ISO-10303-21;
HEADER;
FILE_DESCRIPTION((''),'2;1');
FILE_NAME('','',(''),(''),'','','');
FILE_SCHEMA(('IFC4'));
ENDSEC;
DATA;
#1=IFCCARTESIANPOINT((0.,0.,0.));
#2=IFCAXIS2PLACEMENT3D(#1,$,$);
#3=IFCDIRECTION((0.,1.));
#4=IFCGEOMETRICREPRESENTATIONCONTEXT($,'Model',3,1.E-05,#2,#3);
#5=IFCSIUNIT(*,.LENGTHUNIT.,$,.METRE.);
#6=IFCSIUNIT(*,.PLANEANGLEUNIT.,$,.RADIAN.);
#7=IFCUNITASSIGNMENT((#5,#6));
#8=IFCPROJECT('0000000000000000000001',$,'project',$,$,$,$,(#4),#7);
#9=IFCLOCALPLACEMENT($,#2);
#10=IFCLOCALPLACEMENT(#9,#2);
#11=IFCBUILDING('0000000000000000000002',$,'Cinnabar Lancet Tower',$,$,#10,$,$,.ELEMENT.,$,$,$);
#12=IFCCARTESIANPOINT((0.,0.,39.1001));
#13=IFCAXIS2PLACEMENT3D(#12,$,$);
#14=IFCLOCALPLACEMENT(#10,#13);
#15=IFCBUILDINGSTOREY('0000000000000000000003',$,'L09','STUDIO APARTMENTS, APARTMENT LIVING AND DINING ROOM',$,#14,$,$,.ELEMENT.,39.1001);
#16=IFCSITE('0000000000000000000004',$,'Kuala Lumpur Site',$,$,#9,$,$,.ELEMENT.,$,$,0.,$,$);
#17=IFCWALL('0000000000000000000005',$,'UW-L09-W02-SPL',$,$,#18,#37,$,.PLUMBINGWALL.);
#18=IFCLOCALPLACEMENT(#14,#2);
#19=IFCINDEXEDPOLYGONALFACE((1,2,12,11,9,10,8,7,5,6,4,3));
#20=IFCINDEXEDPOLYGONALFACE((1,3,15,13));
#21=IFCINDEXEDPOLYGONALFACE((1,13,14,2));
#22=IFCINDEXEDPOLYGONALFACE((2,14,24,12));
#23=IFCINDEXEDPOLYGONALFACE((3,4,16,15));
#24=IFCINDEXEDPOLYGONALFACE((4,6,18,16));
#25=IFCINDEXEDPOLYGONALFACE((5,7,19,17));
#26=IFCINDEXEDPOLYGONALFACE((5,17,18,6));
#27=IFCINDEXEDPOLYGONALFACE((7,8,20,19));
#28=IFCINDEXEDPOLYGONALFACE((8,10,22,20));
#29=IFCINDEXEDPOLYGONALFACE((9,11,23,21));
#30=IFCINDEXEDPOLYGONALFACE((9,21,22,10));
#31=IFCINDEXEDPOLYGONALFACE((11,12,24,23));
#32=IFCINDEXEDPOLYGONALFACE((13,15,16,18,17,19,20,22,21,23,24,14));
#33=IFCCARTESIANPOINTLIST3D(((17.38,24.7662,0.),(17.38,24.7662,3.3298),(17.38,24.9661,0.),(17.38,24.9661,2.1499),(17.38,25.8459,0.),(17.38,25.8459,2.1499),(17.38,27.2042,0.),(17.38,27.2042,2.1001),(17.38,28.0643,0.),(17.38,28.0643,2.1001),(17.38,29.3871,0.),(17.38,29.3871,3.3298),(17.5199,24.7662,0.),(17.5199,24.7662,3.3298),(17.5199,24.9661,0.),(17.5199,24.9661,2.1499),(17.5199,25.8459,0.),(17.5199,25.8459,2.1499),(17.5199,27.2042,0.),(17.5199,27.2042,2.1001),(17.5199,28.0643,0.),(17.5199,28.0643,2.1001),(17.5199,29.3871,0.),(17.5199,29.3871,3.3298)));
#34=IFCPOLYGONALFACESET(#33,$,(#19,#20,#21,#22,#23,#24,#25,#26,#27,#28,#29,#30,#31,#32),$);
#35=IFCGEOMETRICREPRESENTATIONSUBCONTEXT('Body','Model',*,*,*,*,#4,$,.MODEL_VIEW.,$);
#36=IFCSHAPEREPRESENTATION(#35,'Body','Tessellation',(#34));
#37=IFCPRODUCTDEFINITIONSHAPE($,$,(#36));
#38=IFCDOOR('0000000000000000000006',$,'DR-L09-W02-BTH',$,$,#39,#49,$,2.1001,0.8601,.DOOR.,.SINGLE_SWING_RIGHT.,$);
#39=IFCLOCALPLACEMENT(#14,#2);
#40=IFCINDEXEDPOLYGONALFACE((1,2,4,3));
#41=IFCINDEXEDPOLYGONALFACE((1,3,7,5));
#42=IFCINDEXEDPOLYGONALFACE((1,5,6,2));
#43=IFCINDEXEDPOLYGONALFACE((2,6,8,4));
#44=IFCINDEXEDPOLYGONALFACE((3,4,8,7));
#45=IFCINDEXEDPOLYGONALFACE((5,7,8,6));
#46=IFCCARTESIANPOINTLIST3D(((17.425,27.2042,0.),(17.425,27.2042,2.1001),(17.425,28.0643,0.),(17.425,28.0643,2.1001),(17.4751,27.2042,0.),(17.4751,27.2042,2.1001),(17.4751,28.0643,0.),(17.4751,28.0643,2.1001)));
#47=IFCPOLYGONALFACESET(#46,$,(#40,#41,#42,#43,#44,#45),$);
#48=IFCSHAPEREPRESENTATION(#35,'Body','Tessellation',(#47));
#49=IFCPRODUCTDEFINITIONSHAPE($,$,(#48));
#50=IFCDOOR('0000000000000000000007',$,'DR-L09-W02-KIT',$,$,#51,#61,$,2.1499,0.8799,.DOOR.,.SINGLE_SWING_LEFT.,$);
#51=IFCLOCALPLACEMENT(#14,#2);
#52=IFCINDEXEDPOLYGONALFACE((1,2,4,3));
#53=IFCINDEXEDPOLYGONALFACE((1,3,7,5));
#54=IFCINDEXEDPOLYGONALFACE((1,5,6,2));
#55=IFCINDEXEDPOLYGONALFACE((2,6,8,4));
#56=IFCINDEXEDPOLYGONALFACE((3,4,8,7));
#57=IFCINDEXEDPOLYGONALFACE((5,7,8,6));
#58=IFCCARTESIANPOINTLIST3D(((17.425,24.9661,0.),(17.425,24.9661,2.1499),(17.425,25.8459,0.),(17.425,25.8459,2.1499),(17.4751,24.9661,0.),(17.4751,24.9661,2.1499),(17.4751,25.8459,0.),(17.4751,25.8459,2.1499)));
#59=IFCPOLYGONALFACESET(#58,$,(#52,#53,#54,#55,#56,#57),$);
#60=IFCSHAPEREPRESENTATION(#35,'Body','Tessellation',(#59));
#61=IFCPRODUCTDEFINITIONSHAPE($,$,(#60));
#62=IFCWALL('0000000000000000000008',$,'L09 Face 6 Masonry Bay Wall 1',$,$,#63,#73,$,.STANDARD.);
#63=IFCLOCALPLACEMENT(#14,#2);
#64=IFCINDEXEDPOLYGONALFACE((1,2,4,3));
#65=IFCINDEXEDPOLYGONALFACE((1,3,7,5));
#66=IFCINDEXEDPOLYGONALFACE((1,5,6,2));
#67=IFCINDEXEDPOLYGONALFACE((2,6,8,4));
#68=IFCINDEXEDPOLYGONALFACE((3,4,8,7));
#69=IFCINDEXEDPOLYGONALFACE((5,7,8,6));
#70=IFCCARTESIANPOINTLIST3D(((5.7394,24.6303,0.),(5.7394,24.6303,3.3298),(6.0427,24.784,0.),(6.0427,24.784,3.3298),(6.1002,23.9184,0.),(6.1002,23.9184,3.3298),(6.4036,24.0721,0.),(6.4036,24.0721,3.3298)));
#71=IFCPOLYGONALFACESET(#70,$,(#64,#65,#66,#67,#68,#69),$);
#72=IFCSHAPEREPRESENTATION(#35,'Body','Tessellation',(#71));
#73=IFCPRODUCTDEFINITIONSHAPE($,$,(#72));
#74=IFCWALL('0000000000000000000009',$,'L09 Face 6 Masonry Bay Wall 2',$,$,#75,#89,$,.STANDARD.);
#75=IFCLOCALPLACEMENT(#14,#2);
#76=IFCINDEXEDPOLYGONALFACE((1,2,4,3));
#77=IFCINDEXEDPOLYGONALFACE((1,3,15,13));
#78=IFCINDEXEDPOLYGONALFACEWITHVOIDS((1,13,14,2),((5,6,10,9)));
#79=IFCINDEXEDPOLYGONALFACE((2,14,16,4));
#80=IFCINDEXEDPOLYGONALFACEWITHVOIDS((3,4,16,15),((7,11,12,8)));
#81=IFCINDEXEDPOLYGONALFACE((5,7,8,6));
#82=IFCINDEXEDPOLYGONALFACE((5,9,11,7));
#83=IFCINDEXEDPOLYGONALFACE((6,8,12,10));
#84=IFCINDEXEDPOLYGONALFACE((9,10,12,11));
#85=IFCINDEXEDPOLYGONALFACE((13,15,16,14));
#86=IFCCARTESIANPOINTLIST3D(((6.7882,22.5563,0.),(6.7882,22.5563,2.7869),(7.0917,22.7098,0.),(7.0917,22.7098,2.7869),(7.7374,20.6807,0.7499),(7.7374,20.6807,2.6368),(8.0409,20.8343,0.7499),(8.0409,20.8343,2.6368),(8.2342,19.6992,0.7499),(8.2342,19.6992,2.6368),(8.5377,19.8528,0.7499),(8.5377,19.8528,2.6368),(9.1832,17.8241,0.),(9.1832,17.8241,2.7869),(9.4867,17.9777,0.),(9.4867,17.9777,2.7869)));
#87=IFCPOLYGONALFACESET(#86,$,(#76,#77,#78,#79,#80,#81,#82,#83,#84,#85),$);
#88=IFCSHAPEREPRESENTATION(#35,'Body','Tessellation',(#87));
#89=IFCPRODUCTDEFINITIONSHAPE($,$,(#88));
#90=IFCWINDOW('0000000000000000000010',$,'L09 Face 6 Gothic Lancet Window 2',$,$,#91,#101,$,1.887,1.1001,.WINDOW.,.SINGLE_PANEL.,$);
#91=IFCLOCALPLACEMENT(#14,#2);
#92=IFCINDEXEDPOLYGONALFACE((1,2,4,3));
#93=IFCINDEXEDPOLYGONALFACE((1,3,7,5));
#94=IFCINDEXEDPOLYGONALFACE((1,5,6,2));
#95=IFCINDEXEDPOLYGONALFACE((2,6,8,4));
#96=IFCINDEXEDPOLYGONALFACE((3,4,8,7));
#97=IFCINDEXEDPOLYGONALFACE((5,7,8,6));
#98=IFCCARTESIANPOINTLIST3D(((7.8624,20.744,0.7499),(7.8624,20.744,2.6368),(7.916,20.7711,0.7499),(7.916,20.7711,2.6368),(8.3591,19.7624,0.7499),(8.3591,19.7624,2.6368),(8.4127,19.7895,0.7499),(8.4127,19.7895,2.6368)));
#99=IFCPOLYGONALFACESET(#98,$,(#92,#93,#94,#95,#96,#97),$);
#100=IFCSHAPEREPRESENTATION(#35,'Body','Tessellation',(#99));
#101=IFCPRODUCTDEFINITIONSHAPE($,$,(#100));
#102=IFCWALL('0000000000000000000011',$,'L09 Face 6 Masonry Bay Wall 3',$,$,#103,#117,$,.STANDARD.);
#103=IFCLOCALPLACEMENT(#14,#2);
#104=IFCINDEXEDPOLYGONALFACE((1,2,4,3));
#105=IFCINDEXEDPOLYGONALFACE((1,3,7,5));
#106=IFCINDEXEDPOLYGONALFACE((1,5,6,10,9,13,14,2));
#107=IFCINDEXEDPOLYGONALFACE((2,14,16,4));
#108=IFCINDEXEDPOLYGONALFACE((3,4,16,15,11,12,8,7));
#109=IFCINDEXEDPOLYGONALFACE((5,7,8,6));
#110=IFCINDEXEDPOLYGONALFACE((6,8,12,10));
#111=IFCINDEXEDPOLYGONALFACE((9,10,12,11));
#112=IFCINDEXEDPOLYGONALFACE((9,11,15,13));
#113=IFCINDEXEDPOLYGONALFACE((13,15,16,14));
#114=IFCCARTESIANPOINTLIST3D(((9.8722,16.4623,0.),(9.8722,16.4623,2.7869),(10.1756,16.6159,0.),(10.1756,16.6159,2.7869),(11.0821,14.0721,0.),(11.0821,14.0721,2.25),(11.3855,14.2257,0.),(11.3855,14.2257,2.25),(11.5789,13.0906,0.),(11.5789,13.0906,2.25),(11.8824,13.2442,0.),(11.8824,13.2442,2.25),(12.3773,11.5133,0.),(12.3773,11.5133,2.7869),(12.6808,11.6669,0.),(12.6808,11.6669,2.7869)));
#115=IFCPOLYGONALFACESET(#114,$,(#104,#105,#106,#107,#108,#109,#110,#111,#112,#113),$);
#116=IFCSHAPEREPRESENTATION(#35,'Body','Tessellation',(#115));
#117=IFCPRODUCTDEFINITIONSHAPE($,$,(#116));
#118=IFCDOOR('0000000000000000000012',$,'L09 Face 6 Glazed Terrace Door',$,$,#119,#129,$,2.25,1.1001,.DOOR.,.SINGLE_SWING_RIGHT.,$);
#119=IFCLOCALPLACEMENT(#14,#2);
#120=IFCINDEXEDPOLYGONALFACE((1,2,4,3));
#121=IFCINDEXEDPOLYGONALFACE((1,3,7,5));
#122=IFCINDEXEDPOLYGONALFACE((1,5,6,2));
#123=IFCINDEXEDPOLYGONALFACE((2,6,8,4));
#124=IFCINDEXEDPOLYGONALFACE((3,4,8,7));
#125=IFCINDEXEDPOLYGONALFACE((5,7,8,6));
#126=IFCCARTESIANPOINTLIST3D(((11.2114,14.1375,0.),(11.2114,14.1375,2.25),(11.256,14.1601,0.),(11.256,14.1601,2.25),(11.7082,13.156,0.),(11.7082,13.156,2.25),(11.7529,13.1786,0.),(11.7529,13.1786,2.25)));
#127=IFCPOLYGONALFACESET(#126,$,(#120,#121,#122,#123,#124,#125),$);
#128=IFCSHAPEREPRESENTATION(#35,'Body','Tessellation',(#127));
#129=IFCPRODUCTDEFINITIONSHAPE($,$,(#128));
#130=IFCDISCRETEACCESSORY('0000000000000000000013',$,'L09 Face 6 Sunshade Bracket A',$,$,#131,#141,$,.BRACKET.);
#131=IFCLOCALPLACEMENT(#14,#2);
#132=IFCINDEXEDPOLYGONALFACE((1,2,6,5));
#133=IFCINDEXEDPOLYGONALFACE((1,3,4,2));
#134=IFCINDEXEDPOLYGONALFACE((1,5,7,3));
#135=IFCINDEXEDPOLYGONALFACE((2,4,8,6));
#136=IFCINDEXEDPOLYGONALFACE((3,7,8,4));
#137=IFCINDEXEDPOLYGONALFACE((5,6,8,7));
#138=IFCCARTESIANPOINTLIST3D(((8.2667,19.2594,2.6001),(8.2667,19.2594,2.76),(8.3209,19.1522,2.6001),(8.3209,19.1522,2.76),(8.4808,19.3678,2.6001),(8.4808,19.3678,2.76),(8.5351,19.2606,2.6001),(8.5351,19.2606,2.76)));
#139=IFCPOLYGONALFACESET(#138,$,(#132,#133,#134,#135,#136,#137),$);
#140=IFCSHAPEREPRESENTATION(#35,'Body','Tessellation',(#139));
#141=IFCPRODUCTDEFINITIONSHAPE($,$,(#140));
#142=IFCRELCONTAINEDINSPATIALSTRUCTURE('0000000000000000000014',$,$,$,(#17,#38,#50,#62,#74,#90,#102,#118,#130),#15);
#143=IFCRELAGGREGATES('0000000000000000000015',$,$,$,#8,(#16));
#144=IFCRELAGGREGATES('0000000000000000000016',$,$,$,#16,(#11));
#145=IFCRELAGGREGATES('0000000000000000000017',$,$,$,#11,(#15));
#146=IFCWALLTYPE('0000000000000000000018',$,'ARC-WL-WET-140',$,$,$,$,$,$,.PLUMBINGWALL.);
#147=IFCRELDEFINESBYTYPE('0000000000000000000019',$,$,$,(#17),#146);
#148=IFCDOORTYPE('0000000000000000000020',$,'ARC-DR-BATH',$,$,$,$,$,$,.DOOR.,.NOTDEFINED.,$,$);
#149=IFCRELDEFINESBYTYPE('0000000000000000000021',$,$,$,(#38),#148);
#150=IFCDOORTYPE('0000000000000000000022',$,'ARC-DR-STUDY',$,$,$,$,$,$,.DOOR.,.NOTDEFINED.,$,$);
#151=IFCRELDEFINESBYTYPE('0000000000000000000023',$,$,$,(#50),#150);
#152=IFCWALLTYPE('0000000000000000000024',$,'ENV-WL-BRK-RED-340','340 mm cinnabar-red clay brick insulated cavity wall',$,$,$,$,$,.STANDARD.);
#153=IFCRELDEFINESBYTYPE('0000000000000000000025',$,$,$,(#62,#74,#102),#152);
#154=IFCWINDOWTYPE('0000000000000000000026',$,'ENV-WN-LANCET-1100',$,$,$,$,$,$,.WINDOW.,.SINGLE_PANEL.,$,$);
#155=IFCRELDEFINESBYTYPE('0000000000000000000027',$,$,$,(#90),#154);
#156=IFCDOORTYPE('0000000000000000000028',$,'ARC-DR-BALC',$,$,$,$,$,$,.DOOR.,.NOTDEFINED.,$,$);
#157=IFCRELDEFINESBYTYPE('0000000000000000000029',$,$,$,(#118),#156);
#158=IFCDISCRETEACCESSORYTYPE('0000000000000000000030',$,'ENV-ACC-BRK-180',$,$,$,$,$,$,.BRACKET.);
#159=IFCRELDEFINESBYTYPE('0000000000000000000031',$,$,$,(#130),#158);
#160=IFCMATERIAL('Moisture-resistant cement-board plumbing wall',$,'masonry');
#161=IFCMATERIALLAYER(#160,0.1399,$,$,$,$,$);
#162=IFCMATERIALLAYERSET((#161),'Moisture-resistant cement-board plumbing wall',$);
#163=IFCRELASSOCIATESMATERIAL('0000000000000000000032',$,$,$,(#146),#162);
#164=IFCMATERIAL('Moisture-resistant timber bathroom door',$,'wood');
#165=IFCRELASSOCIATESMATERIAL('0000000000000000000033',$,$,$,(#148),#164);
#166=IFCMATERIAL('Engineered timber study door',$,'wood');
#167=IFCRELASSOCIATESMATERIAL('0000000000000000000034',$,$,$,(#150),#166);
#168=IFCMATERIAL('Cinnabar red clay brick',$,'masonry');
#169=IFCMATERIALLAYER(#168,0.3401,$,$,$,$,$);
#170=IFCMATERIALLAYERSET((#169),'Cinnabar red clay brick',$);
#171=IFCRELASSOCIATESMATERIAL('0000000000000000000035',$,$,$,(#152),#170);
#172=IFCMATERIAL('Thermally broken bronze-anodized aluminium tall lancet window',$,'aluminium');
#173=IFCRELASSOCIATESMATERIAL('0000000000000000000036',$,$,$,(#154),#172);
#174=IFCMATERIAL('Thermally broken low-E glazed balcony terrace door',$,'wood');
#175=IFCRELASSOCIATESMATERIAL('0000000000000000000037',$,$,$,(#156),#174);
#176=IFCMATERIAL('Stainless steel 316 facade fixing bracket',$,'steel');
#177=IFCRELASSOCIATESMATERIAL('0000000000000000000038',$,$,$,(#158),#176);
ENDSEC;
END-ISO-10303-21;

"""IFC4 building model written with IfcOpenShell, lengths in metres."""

from ifc_helpers import new_model, si_unit, direction, frame, frame_2d, origin, origin_2d, place, context, subcontext, project, spatial, rectangle, extrude, material, layer, layer_set, type_object, element, fill, save


model = new_model("IFC4")

# Units and contexts
model_context = context("Model", 3, precision=1e-05, world=origin(), true_north=direction((0.0, 1.0)))
body_context = subcontext(model_context, "Body", "Model", "MODEL_VIEW")
ifc_project = project(units=[si_unit("LENGTHUNIT", "METRE"), si_unit("PLANEANGLEUNIT", "RADIAN")], contexts=[model_context])

# Site, building, storey
site_placement = place(None, origin())
site = spatial("IfcSite", under=ifc_project, at=site_placement, Name="Kuala Lumpur Site", CompositionType="ELEMENT", RefElevation=0.0)
building_placement = place(site_placement, origin())
building = spatial("IfcBuilding", under=site, at=building_placement, Name="Cinnabar Lancet Tower", CompositionType="ELEMENT")
storey_placement = place(building_placement, frame((0.0, 0.0, 39.1001)))
storey = spatial("IfcBuildingStorey", under=building, at=storey_placement, Name="L09", Description="STUDIO APARTMENTS, APARTMENT LIVING AND DINING ROOM", CompositionType="ELEMENT", Elevation=39.1001)

# Shared definitions
ifc_material_1 = material(Name="Moisture-resistant cement-board plumbing wall", Category="masonry")
ifc_layer_1 = layer(ifc_material_1, 0.1399)
ifc_layer_set_1 = layer_set([ifc_layer_1], Name="Moisture-resistant cement-board plumbing wall")
wall_type_1 = type_object("IfcWallType", Name="ARC-WL-WET-140", PredefinedType="PLUMBINGWALL", material=ifc_layer_set_1)
ifc_material_2 = material(Name="Moisture-resistant timber bathroom door", Category="wood")
door_type_1 = type_object("IfcDoorType", Name="ARC-DR-BATH", OperationType="NOTDEFINED", PredefinedType="DOOR", material=ifc_material_2)
ifc_material_3 = material(Name="Engineered timber study door", Category="wood")
door_type_2 = type_object("IfcDoorType", Name="ARC-DR-STUDY", OperationType="NOTDEFINED", PredefinedType="DOOR", material=ifc_material_3)

# Wall, openings, doors
wall_1_placement = place(storey_placement, frame((17.45, 24.7661, 0.0), z_axis=(0.0, 0.0, 1.0), x_axis=(0.0, 1.0, 0.0)))
wall_1 = element("IfcWall", 1, at=wall_1_placement, inside=storey, type_object=wall_type_1, Name="UW-L09-W02-SPL", PredefinedType="PLUMBINGWALL", context=body_context, shape_type="SweptSolid", body=[
    extrude(rectangle(XDim=4.6208, YDim=0.1399, at=frame_2d((2.3105, 0.0))), origin(), (0.0, 0.0, 1.0), 3.3298),
])
opening_1_placement = place(wall_1_placement, frame((2.438, 0.0, 0.0)))
opening_1 = element("IfcOpeningElement", 2, at=opening_1_placement, cuts=wall_1, PredefinedType="OPENING", context=body_context, shape_type="SweptSolid", body=[
    extrude(rectangle(XDim=0.8601, YDim=2.1001, at=frame_2d((0.4302, 1.05))), frame((0.0, 0.0798, 0.0), z_axis=(0.0, -1.0, 0.0), x_axis=(1.0, 0.0, 0.0)), (0.0, 0.0, 1.0), 0.1599),
])
opening_2_placement = place(wall_1_placement, frame((0.2, 0.0, 0.0)))
opening_2 = element("IfcOpeningElement", 3, at=opening_2_placement, cuts=wall_1, PredefinedType="OPENING", context=body_context, shape_type="SweptSolid", body=[
    extrude(rectangle(XDim=0.8799, YDim=2.1499, at=frame_2d((0.4399, 1.075))), frame((0.0, 0.0798, 0.0), z_axis=(0.0, -1.0, 0.0), x_axis=(1.0, 0.0, 0.0)), (0.0, 0.0, 1.0), 0.1599),
])
door_1_placement = place(opening_1_placement, origin())
door_1 = element("IfcDoor", 4, at=door_1_placement, inside=storey, type_object=door_type_1, Name="DR-L09-W02-BTH", OperationType="SINGLE_SWING_RIGHT", OverallHeight=2.1001, OverallWidth=0.8601, PredefinedType="DOOR", context=body_context, shape_type="SweptSolid", body=[
    extrude(rectangle(XDim=0.8601, YDim=2.1001, at=frame_2d((0.4302, 1.05))), frame((0.0, 0.0249, 0.0), z_axis=(0.0, -1.0, 0.0), x_axis=(1.0, 0.0, 0.0)), (0.0, 0.0, 1.0), 0.05),
])
fill(opening_1, door_1)
door_2_placement = place(opening_2_placement, origin())
door_2 = element("IfcDoor", 5, at=door_2_placement, inside=storey, type_object=door_type_2, Name="DR-L09-W02-KIT", OperationType="SINGLE_SWING_LEFT", OverallHeight=2.1499, OverallWidth=0.8799, PredefinedType="DOOR", context=body_context, shape_type="SweptSolid", body=[
    extrude(rectangle(XDim=0.8799, YDim=2.1499, at=frame_2d((0.4399, 1.075))), frame((0.0, 0.0249, 0.0), z_axis=(0.0, -1.0, 0.0), x_axis=(1.0, 0.0, 0.0)), (0.0, 0.0, 1.0), 0.05),
])
fill(opening_2, door_2)

# Wall
ifc_material_4 = material(Name="Cinnabar red clay brick", Category="masonry")
ifc_layer_2 = layer(ifc_material_4, 0.3401)
ifc_layer_set_2 = layer_set([ifc_layer_2], Name="Cinnabar red clay brick")
wall_type_2 = type_object("IfcWallType", Name="ENV-WL-BRK-RED-340", Description="340 mm cinnabar-red clay brick insulated cavity wall", PredefinedType="STANDARD", material=ifc_layer_set_2)
wall_2_placement = place(storey_placement, frame((5.8911, 24.707, 0.0), z_axis=(0.0, 0.0, 1.0), x_axis=(0.452101, -0.891967, 0.0)))
element("IfcWall", 6, at=wall_2_placement, inside=storey, type_object=wall_type_2, Name="L09 Face 6 Masonry Bay Wall 1", PredefinedType="STANDARD", context=body_context, shape_type="SweptSolid", body=[
    extrude(rectangle(XDim=0.7981, YDim=0.3401, at=frame_2d((0.3989, 0.0))), origin(), (0.0, 0.0, 1.0), 3.3298),
])

# Wall, opening, window
wall_3_placement = place(storey_placement, frame((6.9399, 22.6331, 0.0), z_axis=(0.0, 0.0, 1.0), x_axis=(0.451572, -0.892235, 0.0)))
wall_3 = element("IfcWall", 7, at=wall_3_placement, inside=storey, type_object=wall_type_2, Name="L09 Face 6 Masonry Bay Wall 2", PredefinedType="STANDARD", context=body_context, shape_type="SweptSolid", body=[
    extrude(rectangle(XDim=5.3037, YDim=0.3401, at=frame_2d((2.6519, 0.0))), origin(), (0.0, 0.0, 1.0), 2.7869),
])
opening_3_placement = place(wall_3_placement, frame((2.1021, 0.0, 0.75)))
opening_3 = element("IfcOpeningElement", 8, at=opening_3_placement, cuts=wall_3, PredefinedType="OPENING", context=body_context, shape_type="SweptSolid", body=[
    extrude(rectangle(XDim=1.1001, YDim=1.887, at=frame_2d((0.55, 0.9434))), frame((0.0, 0.1799, 0.0), z_axis=(0.0, -1.0, 0.0), x_axis=(1.0, 0.0, 0.0)), (0.0, 0.0, 1.0), 0.3601),
])
ifc_material_5 = material(Name="Thermally broken bronze-anodized aluminium tall lancet window", Category="aluminium")
window_type = type_object("IfcWindowType", Name="ENV-WN-LANCET-1100", PartitioningType="SINGLE_PANEL", PredefinedType="WINDOW", material=ifc_material_5)
window_placement = place(opening_3_placement, origin())
window = element("IfcWindow", 9, at=window_placement, inside=storey, type_object=window_type, Name="L09 Face 6 Gothic Lancet Window 2", OverallHeight=1.887, OverallWidth=1.1001, PartitioningType="SINGLE_PANEL", PredefinedType="WINDOW", context=body_context, shape_type="SweptSolid", body=[
    extrude(rectangle(XDim=1.1001, YDim=1.887, at=frame_2d((0.55, 0.9434))), frame((0.0, 0.03, 0.0), z_axis=(0.0, -1.0, 0.0), x_axis=(1.0, 0.0, 0.0)), (0.0, 0.0, 1.0), 0.0601),
])
fill(opening_3, window)

# Wall, opening, door
wall_4_placement = place(storey_placement, frame((10.0239, 16.5391, 0.0), z_axis=(0.0, 0.0, 1.0), x_axis=(0.451627, -0.892207, 0.0)))
wall_4 = element("IfcWall", 10, at=wall_4_placement, inside=storey, type_object=wall_type_2, Name="L09 Face 6 Masonry Bay Wall 3", PredefinedType="STANDARD", context=body_context, shape_type="SweptSolid", body=[
    extrude(rectangle(XDim=5.5469, YDim=0.3401, at=frame_2d((2.7734, 0.0))), origin(), (0.0, 0.0, 1.0), 2.7869),
])
opening_4_placement = place(wall_4_placement, frame((2.679, 0.0, 0.0)))
opening_4 = element("IfcOpeningElement", 11, at=opening_4_placement, cuts=wall_4, PredefinedType="OPENING", context=body_context, shape_type="SweptSolid", body=[
    extrude(rectangle(XDim=1.1001, YDim=2.25, at=frame_2d((0.55, 1.125))), frame((0.0, 0.1799, 0.0), z_axis=(0.0, -1.0, 0.0), x_axis=(1.0, 0.0, 0.0)), (0.0, 0.0, 1.0), 0.3601),
])
ifc_material_6 = material(Name="Thermally broken low-E glazed balcony terrace door", Category="wood")
door_type_3 = type_object("IfcDoorType", Name="ARC-DR-BALC", OperationType="NOTDEFINED", PredefinedType="DOOR", material=ifc_material_6)
door_3_placement = place(opening_4_placement, origin())
door_3 = element("IfcDoor", 12, at=door_3_placement, inside=storey, type_object=door_type_3, Name="L09 Face 6 Glazed Terrace Door", OperationType="SINGLE_SWING_RIGHT", OverallHeight=2.25, OverallWidth=1.1001, PredefinedType="DOOR", context=body_context, shape_type="SweptSolid", body=[
    extrude(rectangle(XDim=1.1001, YDim=2.25, at=frame_2d((0.55, 1.125))), frame((0.0, 0.0249, 0.0), z_axis=(0.0, -1.0, 0.0), x_axis=(1.0, 0.0, 0.0)), (0.0, 0.0, 1.0), 0.05),
])
fill(opening_4, door_3)

# Discrete accessory
ifc_material_7 = material(Name="Stainless steel 316 facade fixing bracket", Category="steel")
discrete_accessory_type = type_object("IfcDiscreteAccessoryType", Name="ENV-ACC-BRK-180", PredefinedType="BRACKET", material=ifc_material_7)
discrete_accessory_placement = place(storey_placement, frame((8.4009, 19.26, 2.6001), z_axis=(0.0, 0.0, 1.0), x_axis=(0.451501, -0.892271, 0.0)))
element("IfcDiscreteAccessory", 13, at=discrete_accessory_placement, inside=storey, type_object=discrete_accessory_type, Name="L09 Face 6 Sunshade Bracket A", PredefinedType="BRACKET", context=body_context, shape_type="SweptSolid", body=[
    extrude(rectangle(XDim=0.1201, YDim=0.24, at=origin_2d()), origin(), (0.0, 0.0, 1.0), 0.1599),
])

save(model, "model.ifc")
